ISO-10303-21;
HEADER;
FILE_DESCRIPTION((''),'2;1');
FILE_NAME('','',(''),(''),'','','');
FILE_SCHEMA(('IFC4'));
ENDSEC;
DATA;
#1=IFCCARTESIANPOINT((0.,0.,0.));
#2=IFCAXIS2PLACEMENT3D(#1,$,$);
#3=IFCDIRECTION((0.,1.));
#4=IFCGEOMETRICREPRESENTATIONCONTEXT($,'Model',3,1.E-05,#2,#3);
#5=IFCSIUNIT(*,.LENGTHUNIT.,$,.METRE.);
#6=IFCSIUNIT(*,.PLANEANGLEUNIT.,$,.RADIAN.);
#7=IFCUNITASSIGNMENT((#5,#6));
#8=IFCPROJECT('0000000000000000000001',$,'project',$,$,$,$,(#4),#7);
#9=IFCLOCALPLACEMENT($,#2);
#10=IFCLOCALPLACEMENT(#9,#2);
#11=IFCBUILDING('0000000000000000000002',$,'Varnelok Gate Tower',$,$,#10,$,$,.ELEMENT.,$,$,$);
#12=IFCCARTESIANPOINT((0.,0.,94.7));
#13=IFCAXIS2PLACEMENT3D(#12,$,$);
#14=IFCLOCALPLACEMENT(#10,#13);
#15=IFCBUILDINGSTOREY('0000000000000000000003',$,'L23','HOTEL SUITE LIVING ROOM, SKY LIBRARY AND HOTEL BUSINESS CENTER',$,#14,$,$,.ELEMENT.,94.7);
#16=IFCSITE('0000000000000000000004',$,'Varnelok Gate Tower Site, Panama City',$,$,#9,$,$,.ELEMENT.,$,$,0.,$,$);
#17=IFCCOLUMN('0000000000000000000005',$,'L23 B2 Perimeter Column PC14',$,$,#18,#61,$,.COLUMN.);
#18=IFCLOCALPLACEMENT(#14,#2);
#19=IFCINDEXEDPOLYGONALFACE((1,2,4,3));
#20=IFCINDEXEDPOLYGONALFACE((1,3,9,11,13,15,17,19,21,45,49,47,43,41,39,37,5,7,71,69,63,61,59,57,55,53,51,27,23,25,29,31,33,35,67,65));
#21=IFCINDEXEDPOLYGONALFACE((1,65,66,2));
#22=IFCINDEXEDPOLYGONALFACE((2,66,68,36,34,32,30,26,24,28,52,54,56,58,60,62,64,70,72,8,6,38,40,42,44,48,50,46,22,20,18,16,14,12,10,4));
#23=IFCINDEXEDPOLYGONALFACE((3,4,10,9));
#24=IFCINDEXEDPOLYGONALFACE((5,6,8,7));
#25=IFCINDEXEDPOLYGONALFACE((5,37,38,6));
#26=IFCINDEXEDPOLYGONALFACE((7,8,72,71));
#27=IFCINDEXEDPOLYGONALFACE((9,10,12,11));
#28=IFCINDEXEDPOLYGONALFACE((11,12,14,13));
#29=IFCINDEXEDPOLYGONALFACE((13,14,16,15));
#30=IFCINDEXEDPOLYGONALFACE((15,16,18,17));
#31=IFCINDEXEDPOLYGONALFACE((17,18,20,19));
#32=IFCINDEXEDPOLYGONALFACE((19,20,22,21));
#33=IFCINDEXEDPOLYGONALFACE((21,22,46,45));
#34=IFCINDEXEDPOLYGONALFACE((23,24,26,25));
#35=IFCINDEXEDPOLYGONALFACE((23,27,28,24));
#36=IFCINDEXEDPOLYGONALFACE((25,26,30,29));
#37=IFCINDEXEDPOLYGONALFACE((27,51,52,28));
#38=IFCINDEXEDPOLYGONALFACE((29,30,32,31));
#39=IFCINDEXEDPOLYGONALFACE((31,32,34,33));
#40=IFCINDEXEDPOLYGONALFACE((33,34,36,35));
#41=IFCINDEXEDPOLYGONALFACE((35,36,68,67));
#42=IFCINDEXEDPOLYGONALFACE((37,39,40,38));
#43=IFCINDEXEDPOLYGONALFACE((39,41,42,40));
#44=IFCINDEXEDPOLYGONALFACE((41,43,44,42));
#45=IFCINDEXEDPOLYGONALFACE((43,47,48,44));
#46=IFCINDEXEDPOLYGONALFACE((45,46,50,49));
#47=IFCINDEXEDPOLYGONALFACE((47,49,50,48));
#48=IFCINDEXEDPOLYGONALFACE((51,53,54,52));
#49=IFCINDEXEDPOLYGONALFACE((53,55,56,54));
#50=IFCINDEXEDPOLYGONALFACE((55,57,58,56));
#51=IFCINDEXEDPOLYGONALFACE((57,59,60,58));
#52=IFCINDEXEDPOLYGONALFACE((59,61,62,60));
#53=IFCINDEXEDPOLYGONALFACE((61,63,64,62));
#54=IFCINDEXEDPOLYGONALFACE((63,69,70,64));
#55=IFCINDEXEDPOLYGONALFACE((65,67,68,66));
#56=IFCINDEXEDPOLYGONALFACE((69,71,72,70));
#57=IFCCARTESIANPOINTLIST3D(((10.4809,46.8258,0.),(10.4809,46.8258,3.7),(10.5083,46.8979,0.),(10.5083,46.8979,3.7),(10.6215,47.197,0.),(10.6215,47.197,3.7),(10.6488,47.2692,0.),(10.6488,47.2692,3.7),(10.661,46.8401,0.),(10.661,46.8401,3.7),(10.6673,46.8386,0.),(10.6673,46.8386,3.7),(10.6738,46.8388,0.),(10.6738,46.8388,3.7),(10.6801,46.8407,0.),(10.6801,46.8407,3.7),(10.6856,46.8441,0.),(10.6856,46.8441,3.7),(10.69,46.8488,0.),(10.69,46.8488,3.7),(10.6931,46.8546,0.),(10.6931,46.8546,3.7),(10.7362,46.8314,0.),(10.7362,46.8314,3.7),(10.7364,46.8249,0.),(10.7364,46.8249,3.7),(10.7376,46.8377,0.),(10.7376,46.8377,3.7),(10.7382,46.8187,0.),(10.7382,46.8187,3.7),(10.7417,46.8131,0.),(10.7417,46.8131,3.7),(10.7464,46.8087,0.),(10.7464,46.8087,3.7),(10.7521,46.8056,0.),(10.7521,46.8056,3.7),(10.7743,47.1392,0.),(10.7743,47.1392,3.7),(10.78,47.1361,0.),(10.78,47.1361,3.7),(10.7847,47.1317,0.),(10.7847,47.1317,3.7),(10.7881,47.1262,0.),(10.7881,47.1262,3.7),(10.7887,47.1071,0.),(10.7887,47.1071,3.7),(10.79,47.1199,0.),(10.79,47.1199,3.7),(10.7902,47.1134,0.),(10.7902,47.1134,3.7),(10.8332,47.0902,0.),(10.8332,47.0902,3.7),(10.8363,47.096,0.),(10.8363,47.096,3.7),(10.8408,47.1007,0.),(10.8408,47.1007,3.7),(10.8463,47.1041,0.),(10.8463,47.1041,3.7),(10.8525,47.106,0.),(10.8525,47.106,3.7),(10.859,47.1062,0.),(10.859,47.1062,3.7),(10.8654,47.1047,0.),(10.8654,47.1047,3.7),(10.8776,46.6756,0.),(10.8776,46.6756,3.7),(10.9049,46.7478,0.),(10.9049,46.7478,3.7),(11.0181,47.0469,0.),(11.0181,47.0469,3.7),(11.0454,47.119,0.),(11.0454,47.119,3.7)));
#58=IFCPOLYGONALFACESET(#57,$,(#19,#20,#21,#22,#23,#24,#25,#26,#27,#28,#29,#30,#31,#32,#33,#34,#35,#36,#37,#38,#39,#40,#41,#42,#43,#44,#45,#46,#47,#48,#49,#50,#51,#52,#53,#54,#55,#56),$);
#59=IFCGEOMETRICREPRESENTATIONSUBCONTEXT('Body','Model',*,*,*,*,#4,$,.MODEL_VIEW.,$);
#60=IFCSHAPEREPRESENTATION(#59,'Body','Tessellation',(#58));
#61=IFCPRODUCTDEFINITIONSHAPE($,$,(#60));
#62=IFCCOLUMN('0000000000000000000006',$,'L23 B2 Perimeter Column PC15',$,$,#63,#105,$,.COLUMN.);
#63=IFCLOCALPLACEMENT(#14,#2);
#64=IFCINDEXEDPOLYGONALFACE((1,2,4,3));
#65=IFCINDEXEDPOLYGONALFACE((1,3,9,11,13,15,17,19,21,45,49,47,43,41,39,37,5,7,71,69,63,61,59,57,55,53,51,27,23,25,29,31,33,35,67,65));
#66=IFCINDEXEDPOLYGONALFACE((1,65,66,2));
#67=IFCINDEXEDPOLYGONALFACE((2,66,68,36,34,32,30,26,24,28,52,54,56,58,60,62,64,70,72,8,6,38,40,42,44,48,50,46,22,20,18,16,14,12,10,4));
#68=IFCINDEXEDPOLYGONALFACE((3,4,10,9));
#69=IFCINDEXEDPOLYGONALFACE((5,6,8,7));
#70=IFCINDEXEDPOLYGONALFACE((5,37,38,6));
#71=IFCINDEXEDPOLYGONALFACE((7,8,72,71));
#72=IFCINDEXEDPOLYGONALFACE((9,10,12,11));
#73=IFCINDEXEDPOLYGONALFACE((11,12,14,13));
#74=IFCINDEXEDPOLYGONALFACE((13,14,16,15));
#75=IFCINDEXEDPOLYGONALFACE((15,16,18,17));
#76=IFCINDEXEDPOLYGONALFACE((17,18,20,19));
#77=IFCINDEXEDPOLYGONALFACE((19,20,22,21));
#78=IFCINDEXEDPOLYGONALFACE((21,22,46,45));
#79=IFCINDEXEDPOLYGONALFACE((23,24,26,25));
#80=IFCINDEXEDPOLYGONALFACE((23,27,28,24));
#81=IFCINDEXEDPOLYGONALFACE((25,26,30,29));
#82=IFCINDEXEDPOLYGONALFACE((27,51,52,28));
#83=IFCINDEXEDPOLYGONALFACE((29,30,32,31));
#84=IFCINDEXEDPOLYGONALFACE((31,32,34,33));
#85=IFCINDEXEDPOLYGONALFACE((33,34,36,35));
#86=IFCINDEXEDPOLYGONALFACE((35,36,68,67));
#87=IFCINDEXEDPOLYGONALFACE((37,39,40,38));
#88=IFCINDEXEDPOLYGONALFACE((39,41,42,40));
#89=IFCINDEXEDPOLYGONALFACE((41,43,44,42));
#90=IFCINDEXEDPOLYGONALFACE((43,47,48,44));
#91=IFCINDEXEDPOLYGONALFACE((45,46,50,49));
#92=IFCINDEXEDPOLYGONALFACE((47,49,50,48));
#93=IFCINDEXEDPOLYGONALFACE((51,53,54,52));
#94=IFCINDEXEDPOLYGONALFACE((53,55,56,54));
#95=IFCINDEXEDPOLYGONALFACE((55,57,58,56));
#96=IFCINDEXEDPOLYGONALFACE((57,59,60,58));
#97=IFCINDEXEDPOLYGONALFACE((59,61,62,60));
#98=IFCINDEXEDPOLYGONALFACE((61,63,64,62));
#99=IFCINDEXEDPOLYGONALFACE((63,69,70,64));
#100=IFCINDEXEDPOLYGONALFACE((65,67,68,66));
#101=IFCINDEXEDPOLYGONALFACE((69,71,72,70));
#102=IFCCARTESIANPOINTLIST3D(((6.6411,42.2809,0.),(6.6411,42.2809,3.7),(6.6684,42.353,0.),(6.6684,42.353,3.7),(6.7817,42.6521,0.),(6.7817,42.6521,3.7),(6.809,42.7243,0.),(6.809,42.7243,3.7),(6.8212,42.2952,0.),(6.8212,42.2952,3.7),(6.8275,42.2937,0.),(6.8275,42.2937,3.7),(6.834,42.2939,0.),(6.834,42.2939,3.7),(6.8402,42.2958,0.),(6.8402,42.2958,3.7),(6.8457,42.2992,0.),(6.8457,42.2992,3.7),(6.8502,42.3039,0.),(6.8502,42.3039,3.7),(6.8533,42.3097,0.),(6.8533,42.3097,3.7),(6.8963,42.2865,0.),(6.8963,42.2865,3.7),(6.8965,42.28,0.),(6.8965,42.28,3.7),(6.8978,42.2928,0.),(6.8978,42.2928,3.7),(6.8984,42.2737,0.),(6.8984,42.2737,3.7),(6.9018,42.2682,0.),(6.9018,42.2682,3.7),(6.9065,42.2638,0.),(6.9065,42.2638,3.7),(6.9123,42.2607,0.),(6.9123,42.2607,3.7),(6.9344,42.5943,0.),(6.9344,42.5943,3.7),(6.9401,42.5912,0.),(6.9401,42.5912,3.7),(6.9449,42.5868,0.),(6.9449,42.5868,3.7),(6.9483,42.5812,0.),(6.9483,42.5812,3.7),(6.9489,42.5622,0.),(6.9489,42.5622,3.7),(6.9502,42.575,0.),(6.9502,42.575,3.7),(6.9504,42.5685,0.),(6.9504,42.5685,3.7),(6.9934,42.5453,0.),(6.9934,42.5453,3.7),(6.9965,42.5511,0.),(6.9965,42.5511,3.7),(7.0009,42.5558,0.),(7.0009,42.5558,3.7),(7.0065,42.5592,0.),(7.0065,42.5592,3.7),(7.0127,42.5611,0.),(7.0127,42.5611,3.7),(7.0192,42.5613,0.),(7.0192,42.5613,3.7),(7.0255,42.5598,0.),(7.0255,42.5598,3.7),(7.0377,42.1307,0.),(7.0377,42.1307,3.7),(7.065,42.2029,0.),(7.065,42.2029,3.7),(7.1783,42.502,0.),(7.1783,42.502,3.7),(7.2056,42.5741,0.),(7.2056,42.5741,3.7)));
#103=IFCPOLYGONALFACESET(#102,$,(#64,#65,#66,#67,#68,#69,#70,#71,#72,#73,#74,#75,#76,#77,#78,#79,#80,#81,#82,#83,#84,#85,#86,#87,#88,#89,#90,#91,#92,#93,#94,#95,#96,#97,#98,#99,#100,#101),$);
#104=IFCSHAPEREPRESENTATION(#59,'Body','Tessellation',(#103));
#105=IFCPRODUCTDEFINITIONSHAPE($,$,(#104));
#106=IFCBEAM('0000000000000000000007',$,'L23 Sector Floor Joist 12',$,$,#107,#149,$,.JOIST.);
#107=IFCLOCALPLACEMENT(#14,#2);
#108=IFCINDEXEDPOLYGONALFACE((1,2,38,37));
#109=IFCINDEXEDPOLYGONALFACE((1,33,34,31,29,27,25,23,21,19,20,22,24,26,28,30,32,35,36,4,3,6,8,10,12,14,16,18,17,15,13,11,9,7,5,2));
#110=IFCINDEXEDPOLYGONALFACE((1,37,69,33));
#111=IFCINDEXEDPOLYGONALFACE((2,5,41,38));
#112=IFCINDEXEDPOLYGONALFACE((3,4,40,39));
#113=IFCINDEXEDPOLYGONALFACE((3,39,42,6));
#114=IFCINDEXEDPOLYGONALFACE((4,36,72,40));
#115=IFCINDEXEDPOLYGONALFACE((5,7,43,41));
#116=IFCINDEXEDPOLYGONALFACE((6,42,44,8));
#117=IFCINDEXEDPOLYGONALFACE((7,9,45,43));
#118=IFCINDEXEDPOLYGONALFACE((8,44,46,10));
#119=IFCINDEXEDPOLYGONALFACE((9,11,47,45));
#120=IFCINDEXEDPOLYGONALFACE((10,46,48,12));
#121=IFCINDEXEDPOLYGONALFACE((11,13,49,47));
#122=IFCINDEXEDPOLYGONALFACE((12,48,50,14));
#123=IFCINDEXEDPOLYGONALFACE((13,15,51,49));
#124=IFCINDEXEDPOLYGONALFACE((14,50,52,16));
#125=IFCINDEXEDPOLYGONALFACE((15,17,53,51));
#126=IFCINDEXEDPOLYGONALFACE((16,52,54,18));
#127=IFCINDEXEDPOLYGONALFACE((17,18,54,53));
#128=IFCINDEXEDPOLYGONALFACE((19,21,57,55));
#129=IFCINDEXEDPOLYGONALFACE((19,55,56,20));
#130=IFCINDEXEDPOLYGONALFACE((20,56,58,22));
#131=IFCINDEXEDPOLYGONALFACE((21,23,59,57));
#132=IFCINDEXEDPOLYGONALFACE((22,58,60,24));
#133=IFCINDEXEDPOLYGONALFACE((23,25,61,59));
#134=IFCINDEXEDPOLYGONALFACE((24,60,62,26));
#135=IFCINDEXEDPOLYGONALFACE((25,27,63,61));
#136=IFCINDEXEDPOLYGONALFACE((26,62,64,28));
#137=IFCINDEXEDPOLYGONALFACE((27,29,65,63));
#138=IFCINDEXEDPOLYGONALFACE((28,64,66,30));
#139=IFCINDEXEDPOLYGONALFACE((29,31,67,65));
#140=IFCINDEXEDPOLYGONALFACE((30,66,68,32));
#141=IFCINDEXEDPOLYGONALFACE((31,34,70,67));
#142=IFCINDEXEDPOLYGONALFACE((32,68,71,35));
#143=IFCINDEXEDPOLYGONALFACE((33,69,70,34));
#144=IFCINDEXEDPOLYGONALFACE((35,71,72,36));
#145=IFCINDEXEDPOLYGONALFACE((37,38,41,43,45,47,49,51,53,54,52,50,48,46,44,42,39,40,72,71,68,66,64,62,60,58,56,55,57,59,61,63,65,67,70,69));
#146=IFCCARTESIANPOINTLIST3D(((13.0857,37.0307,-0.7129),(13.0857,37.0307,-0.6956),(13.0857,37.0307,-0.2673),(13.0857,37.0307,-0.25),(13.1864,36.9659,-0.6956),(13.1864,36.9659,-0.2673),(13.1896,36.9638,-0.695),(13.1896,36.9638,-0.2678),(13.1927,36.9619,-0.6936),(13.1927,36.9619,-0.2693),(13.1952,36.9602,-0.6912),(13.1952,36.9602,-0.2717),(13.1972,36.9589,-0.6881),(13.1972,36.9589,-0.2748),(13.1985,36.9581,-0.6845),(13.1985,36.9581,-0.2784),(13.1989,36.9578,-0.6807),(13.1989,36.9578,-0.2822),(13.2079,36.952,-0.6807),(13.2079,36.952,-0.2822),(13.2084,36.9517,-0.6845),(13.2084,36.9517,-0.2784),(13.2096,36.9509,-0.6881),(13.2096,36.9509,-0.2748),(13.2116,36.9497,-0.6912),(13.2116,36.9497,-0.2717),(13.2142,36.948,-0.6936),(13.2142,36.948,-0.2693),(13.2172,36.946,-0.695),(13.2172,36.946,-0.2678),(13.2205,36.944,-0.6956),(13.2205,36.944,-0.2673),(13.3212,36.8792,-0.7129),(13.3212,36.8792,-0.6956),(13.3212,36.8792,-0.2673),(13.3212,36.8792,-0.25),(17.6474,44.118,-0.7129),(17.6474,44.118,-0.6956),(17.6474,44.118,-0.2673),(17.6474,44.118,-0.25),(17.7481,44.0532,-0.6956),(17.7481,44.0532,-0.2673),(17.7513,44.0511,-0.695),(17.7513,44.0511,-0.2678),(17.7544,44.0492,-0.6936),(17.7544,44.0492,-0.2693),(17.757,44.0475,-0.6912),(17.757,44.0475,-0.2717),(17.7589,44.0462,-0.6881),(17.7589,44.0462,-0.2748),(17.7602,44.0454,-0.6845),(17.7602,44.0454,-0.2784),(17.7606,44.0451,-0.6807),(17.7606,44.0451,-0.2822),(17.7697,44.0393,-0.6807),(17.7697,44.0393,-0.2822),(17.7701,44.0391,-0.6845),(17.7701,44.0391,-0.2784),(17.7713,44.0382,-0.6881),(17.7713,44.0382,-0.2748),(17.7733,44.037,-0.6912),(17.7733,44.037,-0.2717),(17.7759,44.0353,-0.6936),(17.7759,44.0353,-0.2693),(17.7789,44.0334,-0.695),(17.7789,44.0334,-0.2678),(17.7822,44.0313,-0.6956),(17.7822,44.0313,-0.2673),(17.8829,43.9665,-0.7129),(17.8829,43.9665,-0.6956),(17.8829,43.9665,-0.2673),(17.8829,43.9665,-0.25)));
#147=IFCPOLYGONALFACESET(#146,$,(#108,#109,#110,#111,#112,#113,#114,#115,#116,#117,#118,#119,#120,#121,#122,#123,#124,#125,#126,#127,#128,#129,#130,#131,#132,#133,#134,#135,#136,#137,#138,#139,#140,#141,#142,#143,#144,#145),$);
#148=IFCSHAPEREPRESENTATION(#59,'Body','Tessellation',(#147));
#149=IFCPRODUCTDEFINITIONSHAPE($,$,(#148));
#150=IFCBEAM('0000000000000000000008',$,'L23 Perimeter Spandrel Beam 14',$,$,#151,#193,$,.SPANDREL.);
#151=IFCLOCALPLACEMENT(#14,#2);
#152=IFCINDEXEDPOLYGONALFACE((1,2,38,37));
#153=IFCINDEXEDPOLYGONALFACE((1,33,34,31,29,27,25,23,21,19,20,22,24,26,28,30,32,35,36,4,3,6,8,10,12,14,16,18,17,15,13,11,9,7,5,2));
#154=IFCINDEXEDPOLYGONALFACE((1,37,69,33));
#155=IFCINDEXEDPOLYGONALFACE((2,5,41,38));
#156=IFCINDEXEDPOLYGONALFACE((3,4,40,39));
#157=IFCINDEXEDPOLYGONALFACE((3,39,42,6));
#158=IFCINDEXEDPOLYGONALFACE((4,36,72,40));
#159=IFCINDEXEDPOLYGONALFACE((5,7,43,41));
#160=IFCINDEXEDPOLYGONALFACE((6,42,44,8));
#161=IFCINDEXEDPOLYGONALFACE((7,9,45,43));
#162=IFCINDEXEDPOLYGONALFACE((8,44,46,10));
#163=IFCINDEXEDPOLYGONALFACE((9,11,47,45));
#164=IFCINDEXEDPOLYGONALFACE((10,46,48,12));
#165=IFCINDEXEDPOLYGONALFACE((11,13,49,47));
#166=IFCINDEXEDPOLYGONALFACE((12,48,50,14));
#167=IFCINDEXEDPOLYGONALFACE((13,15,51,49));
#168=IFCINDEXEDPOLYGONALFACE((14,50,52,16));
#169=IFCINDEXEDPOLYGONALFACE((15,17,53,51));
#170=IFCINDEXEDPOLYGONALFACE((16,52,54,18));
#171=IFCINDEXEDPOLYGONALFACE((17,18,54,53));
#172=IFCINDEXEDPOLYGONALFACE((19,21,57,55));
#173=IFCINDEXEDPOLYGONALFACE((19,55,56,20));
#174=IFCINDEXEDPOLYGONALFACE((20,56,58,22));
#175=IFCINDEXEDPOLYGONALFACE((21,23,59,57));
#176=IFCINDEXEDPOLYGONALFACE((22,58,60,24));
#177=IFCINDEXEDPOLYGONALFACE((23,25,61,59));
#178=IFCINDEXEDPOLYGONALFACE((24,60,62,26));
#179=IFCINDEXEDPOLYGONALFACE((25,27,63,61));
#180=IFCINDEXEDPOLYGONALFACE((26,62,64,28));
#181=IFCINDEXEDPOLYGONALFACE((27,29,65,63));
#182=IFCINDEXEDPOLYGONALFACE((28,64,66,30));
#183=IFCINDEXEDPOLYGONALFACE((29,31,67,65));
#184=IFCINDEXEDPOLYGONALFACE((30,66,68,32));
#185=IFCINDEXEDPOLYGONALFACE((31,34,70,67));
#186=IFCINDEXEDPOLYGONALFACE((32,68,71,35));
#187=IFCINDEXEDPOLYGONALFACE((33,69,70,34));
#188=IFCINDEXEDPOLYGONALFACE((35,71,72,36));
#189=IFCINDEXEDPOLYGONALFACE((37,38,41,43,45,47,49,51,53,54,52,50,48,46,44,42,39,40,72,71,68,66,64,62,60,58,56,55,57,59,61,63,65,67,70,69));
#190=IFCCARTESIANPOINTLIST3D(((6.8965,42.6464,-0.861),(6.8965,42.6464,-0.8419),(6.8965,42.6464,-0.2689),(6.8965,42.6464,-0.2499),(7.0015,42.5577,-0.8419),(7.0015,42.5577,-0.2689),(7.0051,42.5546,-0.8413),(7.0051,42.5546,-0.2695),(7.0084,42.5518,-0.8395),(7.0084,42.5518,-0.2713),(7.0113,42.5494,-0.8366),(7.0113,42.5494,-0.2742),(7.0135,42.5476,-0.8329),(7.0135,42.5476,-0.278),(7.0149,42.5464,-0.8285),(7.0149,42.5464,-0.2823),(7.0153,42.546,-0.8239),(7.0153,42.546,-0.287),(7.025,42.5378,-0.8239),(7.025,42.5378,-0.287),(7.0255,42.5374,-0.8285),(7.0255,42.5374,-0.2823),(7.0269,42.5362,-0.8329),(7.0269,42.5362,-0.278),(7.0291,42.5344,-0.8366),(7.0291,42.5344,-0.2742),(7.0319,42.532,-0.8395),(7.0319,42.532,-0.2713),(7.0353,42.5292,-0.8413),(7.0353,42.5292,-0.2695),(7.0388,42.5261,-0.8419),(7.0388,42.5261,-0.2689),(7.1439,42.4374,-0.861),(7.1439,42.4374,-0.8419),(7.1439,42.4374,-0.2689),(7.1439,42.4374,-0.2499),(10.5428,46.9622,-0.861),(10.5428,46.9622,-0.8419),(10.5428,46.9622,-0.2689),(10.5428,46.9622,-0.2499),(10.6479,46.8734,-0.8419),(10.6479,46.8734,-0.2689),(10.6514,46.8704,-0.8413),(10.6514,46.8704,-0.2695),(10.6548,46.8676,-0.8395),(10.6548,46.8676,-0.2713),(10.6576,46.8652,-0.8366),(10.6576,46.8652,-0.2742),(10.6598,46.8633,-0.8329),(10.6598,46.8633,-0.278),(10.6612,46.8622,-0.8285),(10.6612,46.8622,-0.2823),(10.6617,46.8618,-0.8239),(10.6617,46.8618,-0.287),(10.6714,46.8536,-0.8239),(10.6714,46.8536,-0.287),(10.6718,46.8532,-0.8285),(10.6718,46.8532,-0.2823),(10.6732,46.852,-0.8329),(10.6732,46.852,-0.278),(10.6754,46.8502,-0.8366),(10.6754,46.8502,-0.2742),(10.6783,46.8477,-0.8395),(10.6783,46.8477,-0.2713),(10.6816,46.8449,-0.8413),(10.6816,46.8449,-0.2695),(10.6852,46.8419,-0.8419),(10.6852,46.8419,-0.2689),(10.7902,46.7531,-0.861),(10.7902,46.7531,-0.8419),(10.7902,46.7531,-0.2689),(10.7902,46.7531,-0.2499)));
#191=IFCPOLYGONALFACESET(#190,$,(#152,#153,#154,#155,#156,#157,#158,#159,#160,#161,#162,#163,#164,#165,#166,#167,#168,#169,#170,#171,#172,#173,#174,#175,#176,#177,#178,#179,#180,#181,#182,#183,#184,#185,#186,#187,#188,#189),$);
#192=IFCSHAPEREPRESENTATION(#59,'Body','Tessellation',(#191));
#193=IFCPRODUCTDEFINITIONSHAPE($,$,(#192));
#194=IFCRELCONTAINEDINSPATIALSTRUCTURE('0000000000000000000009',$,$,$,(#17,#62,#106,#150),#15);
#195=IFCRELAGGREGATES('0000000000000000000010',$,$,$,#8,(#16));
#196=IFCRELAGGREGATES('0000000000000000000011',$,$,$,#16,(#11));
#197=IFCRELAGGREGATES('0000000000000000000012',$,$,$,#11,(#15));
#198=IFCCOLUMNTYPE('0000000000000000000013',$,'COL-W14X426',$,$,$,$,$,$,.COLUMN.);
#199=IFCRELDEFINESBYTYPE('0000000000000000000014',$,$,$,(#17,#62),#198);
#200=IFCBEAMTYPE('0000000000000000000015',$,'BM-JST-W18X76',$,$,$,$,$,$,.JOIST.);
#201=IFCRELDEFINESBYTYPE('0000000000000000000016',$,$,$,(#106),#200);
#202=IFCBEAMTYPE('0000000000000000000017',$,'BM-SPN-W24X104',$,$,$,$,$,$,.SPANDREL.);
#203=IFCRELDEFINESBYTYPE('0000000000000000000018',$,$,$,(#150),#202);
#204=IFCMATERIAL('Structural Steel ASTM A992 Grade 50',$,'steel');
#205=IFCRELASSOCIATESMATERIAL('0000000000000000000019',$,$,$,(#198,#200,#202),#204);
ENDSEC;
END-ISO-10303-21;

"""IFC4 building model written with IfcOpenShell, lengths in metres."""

from ifc_helpers import new_model, si_unit, direction, frame, origin, origin_2d, place, context, subcontext, project, spatial, i_section, extrude, material, material_profile, profile_set, type_object, element, save


model = new_model("IFC4")

# Units and contexts
model_context = context("Model", 3, precision=1e-05, world=origin(), true_north=direction((0.0, 1.0)))
body_context = subcontext(model_context, "Body", "Model", "MODEL_VIEW")
ifc_project = project(units=[si_unit("LENGTHUNIT", "METRE"), si_unit("PLANEANGLEUNIT", "RADIAN")], contexts=[model_context])

# Site, building, storey
site_placement = place(None, origin())
site = spatial("IfcSite", under=ifc_project, at=site_placement, Name="Varnelok Gate Tower Site, Panama City", CompositionType="ELEMENT", RefElevation=0.0)
building_placement = place(site_placement, origin())
building = spatial("IfcBuilding", under=site, at=building_placement, Name="Varnelok Gate Tower", CompositionType="ELEMENT")
storey_placement = place(building_placement, frame((0.0, 0.0, 94.7)))
storey = spatial("IfcBuildingStorey", under=building, at=storey_placement, Name="L23", Description="HOTEL SUITE LIVING ROOM, SKY LIBRARY AND HOTEL BUSINESS CENTER", CompositionType="ELEMENT", Elevation=94.7)

# Columns
ifc_material_1 = material(Name="Structural Steel ASTM A992 Grade 50", Category="steel")
ifc_material_profile_1 = material_profile(ifc_material_1, i_section(OverallWidth=0.4241, OverallDepth=0.4741, WebThickness=0.0476, FlangeThickness=0.0771, FilletRadius=0.0249, at=origin_2d()), Name="W14X426")
ifc_profile_set_1 = profile_set([ifc_material_profile_1], Name="Structural Steel ASTM A992 Grade 50")
column_type = type_object("IfcColumnType", Name="COL-W14X426", PredefinedType="COLUMN", material=ifc_profile_set_1)
for number, where, z_axis, x_axis, name in (
    (1, (10.7632, 46.9724, 0.0), (0.0, 0.0, 1.0), (0.935222, -0.354063, 0.0), "L23 B2 Perimeter Column PC14"),
    (2, (6.9233, 42.4275, 0.0), (0.0, 0.0, 1.0), (0.935222, -0.354063, 0.0), "L23 B2 Perimeter Column PC15"),
):
    element("IfcColumn", number, at=place(storey_placement, frame(where, z_axis=z_axis, x_axis=x_axis)), inside=storey, type_object=column_type, Name=name, PredefinedType="COLUMN", context=body_context, shape_type="SweptSolid", body=[
        extrude(i_section(OverallWidth=0.4241, OverallDepth=0.4741, WebThickness=0.0476, FlangeThickness=0.0771, FilletRadius=0.0249, at=origin_2d()), origin(), (0.0, 0.0, 1.0), 3.7),
    ])

# Beams
ifc_material_profile_2 = material_profile(ifc_material_1, i_section(OverallWidth=0.28, OverallDepth=0.4629, WebThickness=0.0107, FlangeThickness=0.0173, FilletRadius=0.0149, at=origin_2d()), Name="W18X76")
ifc_profile_set_2 = profile_set([ifc_material_profile_2], Name="Structural Steel ASTM A992 Grade 50")
beam_type_1 = type_object("IfcBeamType", Name="BM-JST-W18X76", PredefinedType="JOIST", material=ifc_profile_set_2)
beam_1_placement = place(storey_placement, frame((17.7651, 44.0422, -0.4814), z_axis=(-0.541226, -0.840877, 0.0), x_axis=(0.840877, -0.541226, 0.0)))
element("IfcBeam", 3, at=beam_1_placement, inside=storey, type_object=beam_type_1, Name="L23 Sector Floor Joist 12", PredefinedType="JOIST", context=body_context, shape_type="SweptSolid", body=[
    extrude(i_section(OverallWidth=0.28, OverallDepth=0.4629, WebThickness=0.0107, FlangeThickness=0.0173, FilletRadius=0.0149, at=origin_2d()), origin(), (0.0, 0.0, 1.0), 8.4285),
])
ifc_material_profile_3 = material_profile(ifc_material_1, i_section(OverallWidth=0.324, OverallDepth=0.6111, WebThickness=0.0127, FlangeThickness=0.019, FilletRadius=0.0181, at=origin_2d()), Name="W24X104")
ifc_profile_set_3 = profile_set([ifc_material_profile_3], Name="Structural Steel ASTM A992 Grade 50")
beam_type_2 = type_object("IfcBeamType", Name="BM-SPN-W24X104", PredefinedType="SPANDREL", material=ifc_profile_set_3)
beam_2_placement = place(storey_placement, frame((10.6665, 46.8577, -0.5554), z_axis=(-0.645376, -0.763865, 0.0), x_axis=(0.763865, -0.645376, 0.0)))
element("IfcBeam", 4, at=beam_2_placement, inside=storey, type_object=beam_type_2, Name="L23 Perimeter Spandrel Beam 14", PredefinedType="SPANDREL", context=body_context, shape_type="SweptSolid", body=[
    extrude(i_section(OverallWidth=0.324, OverallDepth=0.6111, WebThickness=0.0127, FlangeThickness=0.019, FilletRadius=0.0181, at=origin_2d()), origin(), (0.0, 0.0, 1.0), 5.6499),
])

save(model, "model.ifc")
